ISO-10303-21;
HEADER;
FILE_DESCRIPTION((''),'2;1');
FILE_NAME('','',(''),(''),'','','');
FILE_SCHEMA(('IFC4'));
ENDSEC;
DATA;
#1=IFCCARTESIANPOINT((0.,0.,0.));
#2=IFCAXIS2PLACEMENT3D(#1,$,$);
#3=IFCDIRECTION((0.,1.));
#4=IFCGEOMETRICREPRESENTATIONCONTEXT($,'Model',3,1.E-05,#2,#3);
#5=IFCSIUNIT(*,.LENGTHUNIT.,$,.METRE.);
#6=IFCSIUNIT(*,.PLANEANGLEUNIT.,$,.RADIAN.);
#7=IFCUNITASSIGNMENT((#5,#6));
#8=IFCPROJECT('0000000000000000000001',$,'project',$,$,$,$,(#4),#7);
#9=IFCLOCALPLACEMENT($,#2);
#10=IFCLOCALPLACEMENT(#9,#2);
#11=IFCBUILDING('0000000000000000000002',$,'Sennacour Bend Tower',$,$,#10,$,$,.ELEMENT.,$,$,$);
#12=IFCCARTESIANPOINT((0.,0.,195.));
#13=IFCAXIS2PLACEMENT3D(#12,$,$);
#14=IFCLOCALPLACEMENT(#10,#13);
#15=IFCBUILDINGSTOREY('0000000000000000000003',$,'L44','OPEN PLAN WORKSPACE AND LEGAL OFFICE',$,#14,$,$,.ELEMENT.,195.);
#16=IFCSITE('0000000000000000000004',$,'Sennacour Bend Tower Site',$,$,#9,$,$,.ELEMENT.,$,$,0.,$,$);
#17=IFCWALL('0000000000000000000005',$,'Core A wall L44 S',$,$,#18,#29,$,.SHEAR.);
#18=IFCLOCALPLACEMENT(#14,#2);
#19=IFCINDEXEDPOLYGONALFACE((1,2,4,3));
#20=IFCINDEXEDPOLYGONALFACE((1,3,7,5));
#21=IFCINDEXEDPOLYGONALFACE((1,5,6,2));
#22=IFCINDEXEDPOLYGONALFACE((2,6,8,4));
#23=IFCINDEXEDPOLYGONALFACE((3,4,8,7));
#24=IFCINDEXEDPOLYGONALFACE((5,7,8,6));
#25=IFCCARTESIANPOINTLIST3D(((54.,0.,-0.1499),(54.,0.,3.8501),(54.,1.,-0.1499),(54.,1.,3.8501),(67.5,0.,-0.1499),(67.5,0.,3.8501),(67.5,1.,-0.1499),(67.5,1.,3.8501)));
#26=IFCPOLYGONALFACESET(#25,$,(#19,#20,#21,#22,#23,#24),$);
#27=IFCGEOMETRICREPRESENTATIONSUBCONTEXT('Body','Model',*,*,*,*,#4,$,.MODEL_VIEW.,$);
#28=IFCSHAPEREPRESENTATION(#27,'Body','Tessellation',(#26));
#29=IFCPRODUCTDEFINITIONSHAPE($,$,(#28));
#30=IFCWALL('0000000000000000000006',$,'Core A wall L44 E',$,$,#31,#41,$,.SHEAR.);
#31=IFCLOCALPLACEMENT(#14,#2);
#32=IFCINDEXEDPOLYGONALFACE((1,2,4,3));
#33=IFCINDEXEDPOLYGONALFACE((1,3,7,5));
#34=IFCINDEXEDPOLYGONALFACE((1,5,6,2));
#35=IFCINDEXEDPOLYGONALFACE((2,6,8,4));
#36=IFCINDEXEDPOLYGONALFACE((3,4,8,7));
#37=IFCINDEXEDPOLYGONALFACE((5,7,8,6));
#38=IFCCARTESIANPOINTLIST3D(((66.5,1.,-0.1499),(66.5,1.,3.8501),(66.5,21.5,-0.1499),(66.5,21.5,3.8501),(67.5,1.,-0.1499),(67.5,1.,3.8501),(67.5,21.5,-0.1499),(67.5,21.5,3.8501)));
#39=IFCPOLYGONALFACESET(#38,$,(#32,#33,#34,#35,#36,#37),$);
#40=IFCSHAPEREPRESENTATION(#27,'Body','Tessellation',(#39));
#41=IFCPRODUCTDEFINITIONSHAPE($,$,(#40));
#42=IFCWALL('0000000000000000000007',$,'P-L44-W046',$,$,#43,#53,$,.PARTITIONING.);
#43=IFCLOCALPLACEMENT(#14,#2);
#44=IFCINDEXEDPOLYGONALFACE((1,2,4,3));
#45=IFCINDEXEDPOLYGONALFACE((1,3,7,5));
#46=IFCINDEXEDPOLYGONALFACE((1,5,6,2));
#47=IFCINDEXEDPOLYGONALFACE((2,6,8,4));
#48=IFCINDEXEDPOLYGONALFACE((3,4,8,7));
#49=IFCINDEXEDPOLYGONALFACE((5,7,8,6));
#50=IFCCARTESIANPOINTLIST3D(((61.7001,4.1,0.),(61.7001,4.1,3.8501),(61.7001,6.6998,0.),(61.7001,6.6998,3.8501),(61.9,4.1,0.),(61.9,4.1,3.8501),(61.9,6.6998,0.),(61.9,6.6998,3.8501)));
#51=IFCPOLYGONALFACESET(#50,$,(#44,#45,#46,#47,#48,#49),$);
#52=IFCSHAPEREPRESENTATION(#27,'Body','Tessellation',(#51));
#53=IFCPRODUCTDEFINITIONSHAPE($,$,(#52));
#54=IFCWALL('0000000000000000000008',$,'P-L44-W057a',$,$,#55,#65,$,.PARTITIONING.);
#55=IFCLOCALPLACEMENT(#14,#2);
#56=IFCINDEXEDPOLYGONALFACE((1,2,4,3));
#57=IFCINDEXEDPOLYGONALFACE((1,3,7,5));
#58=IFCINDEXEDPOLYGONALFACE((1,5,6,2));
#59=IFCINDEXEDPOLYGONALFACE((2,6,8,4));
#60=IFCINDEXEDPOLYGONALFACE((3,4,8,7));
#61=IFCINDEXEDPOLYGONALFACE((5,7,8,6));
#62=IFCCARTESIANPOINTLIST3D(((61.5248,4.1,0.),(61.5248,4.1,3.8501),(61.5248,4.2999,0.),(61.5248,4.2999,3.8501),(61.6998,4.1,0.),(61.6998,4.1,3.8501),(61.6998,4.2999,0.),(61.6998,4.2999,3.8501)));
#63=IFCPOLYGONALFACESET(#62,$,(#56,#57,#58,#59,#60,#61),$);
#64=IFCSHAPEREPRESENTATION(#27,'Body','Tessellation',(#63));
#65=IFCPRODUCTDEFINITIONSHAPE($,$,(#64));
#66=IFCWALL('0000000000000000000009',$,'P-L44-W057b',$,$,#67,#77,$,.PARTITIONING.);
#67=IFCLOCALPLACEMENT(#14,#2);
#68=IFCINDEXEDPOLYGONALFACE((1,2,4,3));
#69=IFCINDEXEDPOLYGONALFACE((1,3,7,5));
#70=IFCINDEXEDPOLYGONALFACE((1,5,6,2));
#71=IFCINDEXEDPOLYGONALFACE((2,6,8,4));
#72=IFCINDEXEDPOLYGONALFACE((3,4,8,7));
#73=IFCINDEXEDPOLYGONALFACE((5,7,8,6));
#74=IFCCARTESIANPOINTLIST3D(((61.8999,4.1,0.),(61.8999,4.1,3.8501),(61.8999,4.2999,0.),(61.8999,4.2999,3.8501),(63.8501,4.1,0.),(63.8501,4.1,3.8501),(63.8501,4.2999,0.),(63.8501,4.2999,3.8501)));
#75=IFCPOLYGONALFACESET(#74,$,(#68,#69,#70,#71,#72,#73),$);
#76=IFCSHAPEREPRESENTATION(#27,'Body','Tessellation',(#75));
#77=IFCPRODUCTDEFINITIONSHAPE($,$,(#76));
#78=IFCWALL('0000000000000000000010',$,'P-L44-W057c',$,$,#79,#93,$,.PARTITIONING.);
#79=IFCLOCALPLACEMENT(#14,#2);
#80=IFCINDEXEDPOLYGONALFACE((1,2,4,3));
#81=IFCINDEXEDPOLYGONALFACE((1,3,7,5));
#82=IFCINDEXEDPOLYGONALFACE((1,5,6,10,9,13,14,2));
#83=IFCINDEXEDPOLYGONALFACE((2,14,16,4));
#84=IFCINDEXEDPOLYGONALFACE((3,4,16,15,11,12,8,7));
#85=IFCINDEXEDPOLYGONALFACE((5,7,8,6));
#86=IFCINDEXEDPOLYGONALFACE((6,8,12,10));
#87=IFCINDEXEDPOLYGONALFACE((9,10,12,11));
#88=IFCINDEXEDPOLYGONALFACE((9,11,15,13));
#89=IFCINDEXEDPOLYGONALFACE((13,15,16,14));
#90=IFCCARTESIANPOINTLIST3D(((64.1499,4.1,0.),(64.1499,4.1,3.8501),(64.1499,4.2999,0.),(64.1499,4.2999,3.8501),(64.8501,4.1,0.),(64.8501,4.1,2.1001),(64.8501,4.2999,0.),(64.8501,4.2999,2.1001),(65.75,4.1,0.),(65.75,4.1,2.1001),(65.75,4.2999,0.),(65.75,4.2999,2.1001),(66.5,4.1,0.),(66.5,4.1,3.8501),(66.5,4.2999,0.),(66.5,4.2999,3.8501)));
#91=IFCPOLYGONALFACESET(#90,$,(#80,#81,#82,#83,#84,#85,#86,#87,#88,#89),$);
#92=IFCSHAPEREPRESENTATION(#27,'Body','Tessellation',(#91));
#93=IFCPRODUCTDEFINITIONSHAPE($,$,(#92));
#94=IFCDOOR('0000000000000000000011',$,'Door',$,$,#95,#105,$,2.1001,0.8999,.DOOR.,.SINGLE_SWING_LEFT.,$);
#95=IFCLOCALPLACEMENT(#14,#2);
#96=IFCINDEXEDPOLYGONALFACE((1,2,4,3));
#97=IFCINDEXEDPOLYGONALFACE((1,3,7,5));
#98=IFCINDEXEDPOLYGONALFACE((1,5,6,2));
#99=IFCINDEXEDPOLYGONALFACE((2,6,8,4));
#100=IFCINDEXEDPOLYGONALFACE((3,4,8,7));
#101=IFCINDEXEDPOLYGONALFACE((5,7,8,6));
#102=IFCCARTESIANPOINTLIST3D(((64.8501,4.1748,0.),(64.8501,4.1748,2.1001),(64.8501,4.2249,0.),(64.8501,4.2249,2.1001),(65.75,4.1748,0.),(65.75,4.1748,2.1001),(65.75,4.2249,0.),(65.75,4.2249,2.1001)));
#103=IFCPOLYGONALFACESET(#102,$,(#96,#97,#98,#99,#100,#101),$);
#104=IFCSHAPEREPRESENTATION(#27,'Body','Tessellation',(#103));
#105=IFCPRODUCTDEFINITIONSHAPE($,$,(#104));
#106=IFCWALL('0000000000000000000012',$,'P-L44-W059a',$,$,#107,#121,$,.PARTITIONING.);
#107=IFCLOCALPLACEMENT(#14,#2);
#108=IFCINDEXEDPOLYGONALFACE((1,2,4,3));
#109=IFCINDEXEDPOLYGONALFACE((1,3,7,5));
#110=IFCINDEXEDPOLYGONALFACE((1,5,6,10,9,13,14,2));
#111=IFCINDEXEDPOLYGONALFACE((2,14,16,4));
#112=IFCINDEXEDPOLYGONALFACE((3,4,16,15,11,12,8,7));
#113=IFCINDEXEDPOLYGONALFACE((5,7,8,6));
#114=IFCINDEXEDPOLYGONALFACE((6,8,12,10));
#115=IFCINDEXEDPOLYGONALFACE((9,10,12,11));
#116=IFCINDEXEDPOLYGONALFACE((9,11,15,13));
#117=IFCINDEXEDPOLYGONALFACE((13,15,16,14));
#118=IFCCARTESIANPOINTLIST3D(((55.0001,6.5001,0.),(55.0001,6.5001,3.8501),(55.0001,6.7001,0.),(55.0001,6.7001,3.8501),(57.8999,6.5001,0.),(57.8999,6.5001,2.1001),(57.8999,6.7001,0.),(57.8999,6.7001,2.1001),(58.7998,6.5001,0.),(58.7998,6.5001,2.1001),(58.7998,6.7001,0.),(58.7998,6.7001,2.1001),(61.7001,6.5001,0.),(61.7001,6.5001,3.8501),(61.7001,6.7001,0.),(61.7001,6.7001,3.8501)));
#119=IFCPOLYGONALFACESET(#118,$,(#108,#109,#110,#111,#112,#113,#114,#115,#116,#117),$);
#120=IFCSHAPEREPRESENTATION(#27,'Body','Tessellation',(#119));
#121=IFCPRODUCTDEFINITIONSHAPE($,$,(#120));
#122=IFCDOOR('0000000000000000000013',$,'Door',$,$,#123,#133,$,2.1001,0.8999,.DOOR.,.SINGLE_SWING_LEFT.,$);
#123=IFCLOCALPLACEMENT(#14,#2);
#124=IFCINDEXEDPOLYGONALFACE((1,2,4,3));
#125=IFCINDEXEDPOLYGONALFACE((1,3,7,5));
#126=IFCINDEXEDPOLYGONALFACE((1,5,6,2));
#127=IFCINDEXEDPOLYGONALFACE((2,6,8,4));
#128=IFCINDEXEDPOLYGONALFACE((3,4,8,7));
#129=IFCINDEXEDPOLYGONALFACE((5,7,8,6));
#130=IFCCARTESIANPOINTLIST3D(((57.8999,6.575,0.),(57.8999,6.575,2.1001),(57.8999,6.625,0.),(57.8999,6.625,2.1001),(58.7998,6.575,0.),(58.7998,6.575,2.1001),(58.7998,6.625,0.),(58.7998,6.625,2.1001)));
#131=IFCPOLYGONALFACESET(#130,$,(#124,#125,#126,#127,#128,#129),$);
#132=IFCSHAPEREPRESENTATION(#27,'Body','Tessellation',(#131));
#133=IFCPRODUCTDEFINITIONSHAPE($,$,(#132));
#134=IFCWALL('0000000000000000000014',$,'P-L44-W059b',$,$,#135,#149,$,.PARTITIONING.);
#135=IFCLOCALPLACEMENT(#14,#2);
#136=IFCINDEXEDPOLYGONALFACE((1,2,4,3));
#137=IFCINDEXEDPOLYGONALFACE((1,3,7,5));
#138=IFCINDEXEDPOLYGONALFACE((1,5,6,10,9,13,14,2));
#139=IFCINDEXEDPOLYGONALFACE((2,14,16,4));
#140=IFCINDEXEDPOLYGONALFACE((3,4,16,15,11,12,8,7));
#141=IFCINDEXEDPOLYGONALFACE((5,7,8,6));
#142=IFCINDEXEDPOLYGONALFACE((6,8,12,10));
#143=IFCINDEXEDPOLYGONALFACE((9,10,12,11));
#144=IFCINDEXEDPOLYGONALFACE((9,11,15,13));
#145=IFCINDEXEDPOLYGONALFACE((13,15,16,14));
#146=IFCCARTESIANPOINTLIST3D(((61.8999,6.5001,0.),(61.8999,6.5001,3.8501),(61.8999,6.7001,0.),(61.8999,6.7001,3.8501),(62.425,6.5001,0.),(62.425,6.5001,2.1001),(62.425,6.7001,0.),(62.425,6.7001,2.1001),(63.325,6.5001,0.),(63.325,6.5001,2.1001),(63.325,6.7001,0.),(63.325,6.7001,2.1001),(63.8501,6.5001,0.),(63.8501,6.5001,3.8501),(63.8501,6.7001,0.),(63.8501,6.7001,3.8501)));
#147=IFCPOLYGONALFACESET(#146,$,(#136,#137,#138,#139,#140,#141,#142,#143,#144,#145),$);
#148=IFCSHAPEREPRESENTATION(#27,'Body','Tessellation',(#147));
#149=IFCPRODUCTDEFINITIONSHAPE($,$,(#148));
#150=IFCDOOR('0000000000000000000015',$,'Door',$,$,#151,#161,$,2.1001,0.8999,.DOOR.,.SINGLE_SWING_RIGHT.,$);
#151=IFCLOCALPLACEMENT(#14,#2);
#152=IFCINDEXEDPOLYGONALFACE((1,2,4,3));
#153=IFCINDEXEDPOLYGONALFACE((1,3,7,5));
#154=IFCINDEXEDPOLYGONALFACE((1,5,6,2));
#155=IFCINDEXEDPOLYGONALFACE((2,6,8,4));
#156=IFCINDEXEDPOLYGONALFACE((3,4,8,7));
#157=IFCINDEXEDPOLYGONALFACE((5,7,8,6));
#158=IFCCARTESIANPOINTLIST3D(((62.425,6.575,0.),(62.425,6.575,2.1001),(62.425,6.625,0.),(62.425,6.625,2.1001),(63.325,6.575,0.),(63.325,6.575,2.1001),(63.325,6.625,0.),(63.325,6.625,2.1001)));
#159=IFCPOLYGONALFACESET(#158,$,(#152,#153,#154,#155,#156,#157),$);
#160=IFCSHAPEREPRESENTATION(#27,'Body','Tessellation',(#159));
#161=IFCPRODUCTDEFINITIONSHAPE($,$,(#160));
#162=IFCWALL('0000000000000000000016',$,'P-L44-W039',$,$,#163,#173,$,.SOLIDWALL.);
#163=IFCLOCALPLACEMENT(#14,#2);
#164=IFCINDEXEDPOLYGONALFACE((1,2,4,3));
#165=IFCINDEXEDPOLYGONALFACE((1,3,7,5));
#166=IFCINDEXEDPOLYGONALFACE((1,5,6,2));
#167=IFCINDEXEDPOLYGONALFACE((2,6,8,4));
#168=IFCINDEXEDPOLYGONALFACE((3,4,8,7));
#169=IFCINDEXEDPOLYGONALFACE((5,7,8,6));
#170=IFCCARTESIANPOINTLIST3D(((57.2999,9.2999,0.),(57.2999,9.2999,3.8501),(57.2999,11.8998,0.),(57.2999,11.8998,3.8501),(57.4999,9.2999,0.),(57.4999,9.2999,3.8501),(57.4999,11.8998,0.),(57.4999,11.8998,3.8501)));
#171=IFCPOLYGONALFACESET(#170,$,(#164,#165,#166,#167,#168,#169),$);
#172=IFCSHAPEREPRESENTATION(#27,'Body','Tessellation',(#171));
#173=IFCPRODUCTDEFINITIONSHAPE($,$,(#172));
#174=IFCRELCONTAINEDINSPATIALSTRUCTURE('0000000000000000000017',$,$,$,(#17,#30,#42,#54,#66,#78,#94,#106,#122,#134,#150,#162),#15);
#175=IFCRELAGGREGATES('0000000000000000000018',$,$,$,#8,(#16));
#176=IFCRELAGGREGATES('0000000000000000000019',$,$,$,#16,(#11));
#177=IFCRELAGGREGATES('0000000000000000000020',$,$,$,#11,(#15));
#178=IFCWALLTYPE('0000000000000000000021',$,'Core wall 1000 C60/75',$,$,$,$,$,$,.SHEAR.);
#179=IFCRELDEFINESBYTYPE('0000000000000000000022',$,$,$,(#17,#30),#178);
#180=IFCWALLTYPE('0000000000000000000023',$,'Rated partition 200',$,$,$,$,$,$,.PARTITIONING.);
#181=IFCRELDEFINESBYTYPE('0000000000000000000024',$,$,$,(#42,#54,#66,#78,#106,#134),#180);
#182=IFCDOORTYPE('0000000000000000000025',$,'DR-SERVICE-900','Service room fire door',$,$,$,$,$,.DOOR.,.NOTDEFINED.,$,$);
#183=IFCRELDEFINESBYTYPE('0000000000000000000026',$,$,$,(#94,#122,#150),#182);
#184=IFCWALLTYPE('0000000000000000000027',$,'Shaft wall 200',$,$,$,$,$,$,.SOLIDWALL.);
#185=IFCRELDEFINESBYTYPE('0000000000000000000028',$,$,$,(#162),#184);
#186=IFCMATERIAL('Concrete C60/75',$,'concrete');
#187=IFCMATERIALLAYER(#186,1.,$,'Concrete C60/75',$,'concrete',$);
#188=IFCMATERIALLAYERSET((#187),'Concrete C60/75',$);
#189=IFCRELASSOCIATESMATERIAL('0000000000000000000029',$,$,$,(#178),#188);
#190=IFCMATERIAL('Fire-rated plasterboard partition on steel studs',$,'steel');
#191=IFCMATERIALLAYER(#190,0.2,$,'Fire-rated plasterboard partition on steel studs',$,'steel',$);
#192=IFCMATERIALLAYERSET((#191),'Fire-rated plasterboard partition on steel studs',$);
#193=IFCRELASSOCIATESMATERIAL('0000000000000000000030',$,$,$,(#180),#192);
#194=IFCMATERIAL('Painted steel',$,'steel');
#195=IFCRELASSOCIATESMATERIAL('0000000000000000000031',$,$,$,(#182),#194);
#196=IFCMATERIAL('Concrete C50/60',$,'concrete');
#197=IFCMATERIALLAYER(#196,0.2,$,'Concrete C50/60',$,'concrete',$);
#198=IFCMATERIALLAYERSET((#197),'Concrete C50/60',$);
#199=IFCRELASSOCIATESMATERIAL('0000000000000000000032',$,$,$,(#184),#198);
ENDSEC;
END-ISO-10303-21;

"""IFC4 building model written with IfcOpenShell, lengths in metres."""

from ifc_helpers import new_model, si_unit, direction, frame, frame_2d, origin, place, context, subcontext, project, spatial, rectangle, extrude, material, layer, layer_set, type_object, element, fill, save


model = new_model("IFC4")

# Units and contexts
model_context = context("Model", 3, precision=1e-05, world=origin(), true_north=direction((0.0, 1.0)))
body_context = subcontext(model_context, "Body", "Model", "MODEL_VIEW")
ifc_project = project(units=[si_unit("LENGTHUNIT", "METRE"), si_unit("PLANEANGLEUNIT", "RADIAN")], contexts=[model_context])

# Site, building, storey
site_placement = place(None, origin())
site = spatial("IfcSite", under=ifc_project, at=site_placement, Name="Sennacour Bend Tower Site", CompositionType="ELEMENT", RefElevation=0.0)
building_placement = place(site_placement, origin())
building = spatial("IfcBuilding", under=site, at=building_placement, Name="Sennacour Bend Tower", CompositionType="ELEMENT")
storey_placement = place(building_placement, frame((0.0, 0.0, 195.0)))
storey = spatial("IfcBuildingStorey", under=building, at=storey_placement, Name="L44", Description="OPEN PLAN WORKSPACE AND LEGAL OFFICE", CompositionType="ELEMENT", Elevation=195.0)

# Walls
ifc_material_1 = material(Name="Concrete C60/75", Category="concrete")
ifc_layer_1 = layer(ifc_material_1, 1.0, Name="Concrete C60/75", Category="concrete")
ifc_layer_set_1 = layer_set([ifc_layer_1], Name="Concrete C60/75")
wall_type_1 = type_object("IfcWallType", Name="Core wall 1000 C60/75", PredefinedType="SHEAR", material=ifc_layer_set_1)
wall_1_placement = place(storey_placement, frame((67.5, 0.5, -0.1499), z_axis=(0.0, 0.0, 1.0), x_axis=(-1.0, 0.0, 0.0)))
element("IfcWall", 1, at=wall_1_placement, inside=storey, type_object=wall_type_1, Name="Core A wall L44 S", PredefinedType="SHEAR", context=body_context, shape_type="SweptSolid", body=[
    extrude(rectangle(XDim=13.5, YDim=1.0, at=frame_2d((6.75, 0.0))), origin(), (0.0, 0.0, 1.0), 4.0),
])
wall_2_placement = place(storey_placement, frame((67.0, 1.0, -0.1499), z_axis=(0.0, 0.0, 1.0), x_axis=(0.0, 1.0, 0.0)))
element("IfcWall", 2, at=wall_2_placement, inside=storey, type_object=wall_type_1, Name="Core A wall L44 E", PredefinedType="SHEAR", context=body_context, shape_type="SweptSolid", body=[
    extrude(rectangle(XDim=20.5, YDim=1.0, at=frame_2d((10.25, 0.0))), origin(), (0.0, 0.0, 1.0), 4.0),
])
ifc_material_2 = material(Name="Fire-rated plasterboard partition on steel studs", Category="steel")
ifc_layer_2 = layer(ifc_material_2, 0.2, Name="Fire-rated plasterboard partition on steel studs", Category="steel")
ifc_layer_set_2 = layer_set([ifc_layer_2], Name="Fire-rated plasterboard partition on steel studs")
wall_type_2 = type_object("IfcWallType", Name="Rated partition 200", PredefinedType="PARTITIONING", material=ifc_layer_set_2)
wall_3_placement = place(storey_placement, frame((61.8, 4.1001, 0.0), z_axis=(0.0, 0.0, 1.0), x_axis=(0.0, 1.0, 0.0)))
element("IfcWall", 3, at=wall_3_placement, inside=storey, type_object=wall_type_2, Name="P-L44-W046", PredefinedType="PARTITIONING", context=body_context, shape_type="SweptSolid", body=[
    extrude(rectangle(XDim=2.5999, YDim=0.2, at=frame_2d((1.2998, 0.0))), origin(), (0.0, 0.0, 1.0), 3.8501),
])
wall_4_placement = place(storey_placement, frame((61.5249, 4.2, 0.0), z_axis=(0.0, 0.0, 1.0), x_axis=(1.0, 0.0, 0.0)))
element("IfcWall", 4, at=wall_4_placement, inside=storey, type_object=wall_type_2, Name="P-L44-W057a", PredefinedType="PARTITIONING", context=body_context, shape_type="SweptSolid", body=[
    extrude(rectangle(XDim=0.175, YDim=0.2, at=frame_2d((0.0874, 0.0))), origin(), (0.0, 0.0, 1.0), 3.8501),
])
wall_5_placement = place(storey_placement, frame((61.8999, 4.2, 0.0), z_axis=(0.0, 0.0, 1.0), x_axis=(1.0, 0.0, 0.0)))
element("IfcWall", 5, at=wall_5_placement, inside=storey, type_object=wall_type_2, Name="P-L44-W057b", PredefinedType="PARTITIONING", context=body_context, shape_type="SweptSolid", body=[
    extrude(rectangle(XDim=1.9502, YDim=0.2, at=frame_2d((0.9751, 0.0))), origin(), (0.0, 0.0, 1.0), 3.8501),
])

# Walls, openings, doors
wall_6_placement = place(storey_placement, frame((64.1499, 4.2, 0.0), z_axis=(0.0, 0.0, 1.0), x_axis=(1.0, 0.0, 0.0)))
wall_6 = element("IfcWall", 6, at=wall_6_placement, inside=storey, type_object=wall_type_2, Name="P-L44-W057c", PredefinedType="PARTITIONING", context=body_context, shape_type="SweptSolid", body=[
    extrude(rectangle(XDim=2.3501, YDim=0.2, at=frame_2d((1.175, 0.0))), origin(), (0.0, 0.0, 1.0), 3.8501),
])
opening_1_placement = place(wall_6_placement, frame((0.7002, 0.0, 0.0)))
opening_1 = element("IfcOpeningElement", 7, at=opening_1_placement, cuts=wall_6, PredefinedType="OPENING", context=body_context, shape_type="SweptSolid", body=[
    extrude(rectangle(XDim=0.8999, YDim=2.1001, at=frame_2d((0.45, 1.05))), frame((0.0, 0.1099, 0.0), z_axis=(0.0, -1.0, 0.0), x_axis=(1.0, 0.0, 0.0)), (0.0, 0.0, 1.0), 0.22),
])
ifc_material_3 = material(Name="Painted steel", Category="steel")
door_type_1 = type_object("IfcDoorType", Name="DR-SERVICE-900", Description="Service room fire door", OperationType="NOTDEFINED", PredefinedType="DOOR", material=ifc_material_3)
door_1_placement = place(opening_1_placement, origin())
door_1 = element("IfcDoor", 8, at=door_1_placement, inside=storey, type_object=door_type_1, Name="Door", OperationType="SINGLE_SWING_LEFT", OverallHeight=2.1001, OverallWidth=0.8999, PredefinedType="DOOR", context=body_context, shape_type="SweptSolid", body=[
    extrude(rectangle(XDim=0.8999, YDim=2.1001, at=frame_2d((0.45, 1.05))), frame((0.0, 0.0249, 0.0), z_axis=(0.0, -1.0, 0.0), x_axis=(1.0, 0.0, 0.0)), (0.0, 0.0, 1.0), 0.05),
])
fill(opening_1, door_1)
wall_7_placement = place(storey_placement, frame((55.0, 6.6001, 0.0), z_axis=(0.0, 0.0, 1.0), x_axis=(1.0, 0.0, 0.0)))
wall_7 = element("IfcWall", 9, at=wall_7_placement, inside=storey, type_object=wall_type_2, Name="P-L44-W059a", PredefinedType="PARTITIONING", context=body_context, shape_type="SweptSolid", body=[
    extrude(rectangle(XDim=6.7, YDim=0.2, at=frame_2d((3.3501, 0.0))), origin(), (0.0, 0.0, 1.0), 3.8501),
])
opening_2_placement = place(wall_7_placement, frame((2.8999, 0.0, 0.0)))
opening_2 = element("IfcOpeningElement", 10, at=opening_2_placement, cuts=wall_7, PredefinedType="OPENING", context=body_context, shape_type="SweptSolid", body=[
    extrude(rectangle(XDim=0.8999, YDim=2.1001, at=frame_2d((0.45, 1.05))), frame((0.0, 0.1099, 0.0), z_axis=(0.0, -1.0, 0.0), x_axis=(1.0, 0.0, 0.0)), (0.0, 0.0, 1.0), 0.22),
])
door_2_placement = place(opening_2_placement, origin())
door_2 = element("IfcDoor", 11, at=door_2_placement, inside=storey, type_object=door_type_1, Name="Door", OperationType="SINGLE_SWING_LEFT", OverallHeight=2.1001, OverallWidth=0.8999, PredefinedType="DOOR", context=body_context, shape_type="SweptSolid", body=[
    extrude(rectangle(XDim=0.8999, YDim=2.1001, at=frame_2d((0.45, 1.05))), frame((0.0, 0.0249, 0.0), z_axis=(0.0, -1.0, 0.0), x_axis=(1.0, 0.0, 0.0)), (0.0, 0.0, 1.0), 0.05),
])
fill(opening_2, door_2)
wall_8_placement = place(storey_placement, frame((61.8999, 6.6001, 0.0), z_axis=(0.0, 0.0, 1.0), x_axis=(1.0, 0.0, 0.0)))
wall_8 = element("IfcWall", 12, at=wall_8_placement, inside=storey, type_object=wall_type_2, Name="P-L44-W059b", PredefinedType="PARTITIONING", context=body_context, shape_type="SweptSolid", body=[
    extrude(rectangle(XDim=1.9502, YDim=0.2, at=frame_2d((0.9751, 0.0))), origin(), (0.0, 0.0, 1.0), 3.8501),
])
opening_3_placement = place(wall_8_placement, frame((0.5251, 0.0, 0.0)))
opening_3 = element("IfcOpeningElement", 13, at=opening_3_placement, cuts=wall_8, PredefinedType="OPENING", context=body_context, shape_type="SweptSolid", body=[
    extrude(rectangle(XDim=0.8999, YDim=2.1001, at=frame_2d((0.45, 1.05))), frame((0.0, 0.1099, 0.0), z_axis=(0.0, -1.0, 0.0), x_axis=(1.0, 0.0, 0.0)), (0.0, 0.0, 1.0), 0.22),
])
door_3_placement = place(opening_3_placement, origin())
door_3 = element("IfcDoor", 14, at=door_3_placement, inside=storey, type_object=door_type_1, Name="Door", OperationType="SINGLE_SWING_RIGHT", OverallHeight=2.1001, OverallWidth=0.8999, PredefinedType="DOOR", context=body_context, shape_type="SweptSolid", body=[
    extrude(rectangle(XDim=0.8999, YDim=2.1001, at=frame_2d((0.45, 1.05))), frame((0.0, 0.0249, 0.0), z_axis=(0.0, -1.0, 0.0), x_axis=(1.0, 0.0, 0.0)), (0.0, 0.0, 1.0), 0.05),
])
fill(opening_3, door_3)

# Wall
ifc_material_4 = material(Name="Concrete C50/60", Category="concrete")
ifc_layer_3 = layer(ifc_material_4, 0.2, Name="Concrete C50/60", Category="concrete")
ifc_layer_set_3 = layer_set([ifc_layer_3], Name="Concrete C50/60")
wall_type_3 = type_object("IfcWallType", Name="Shaft wall 200", PredefinedType="SOLIDWALL", material=ifc_layer_set_3)
for number, where, z_axis, x_axis, name in (
    (15, (57.3999, 9.3, 0.0), (0.0, 0.0, 1.0), (0.0, 1.0, 0.0), "P-L44-W039"),
):
    element("IfcWall", number, at=place(storey_placement, frame(where, z_axis=z_axis, x_axis=x_axis)), inside=storey, type_object=wall_type_3, Name=name, PredefinedType="SOLIDWALL", context=body_context, shape_type="SweptSolid", body=[
        extrude(rectangle(XDim=2.5999, YDim=0.2, at=frame_2d((1.2998, 0.0))), origin(), (0.0, 0.0, 1.0), 3.8501),
    ])

save(model, "model.ifc")
